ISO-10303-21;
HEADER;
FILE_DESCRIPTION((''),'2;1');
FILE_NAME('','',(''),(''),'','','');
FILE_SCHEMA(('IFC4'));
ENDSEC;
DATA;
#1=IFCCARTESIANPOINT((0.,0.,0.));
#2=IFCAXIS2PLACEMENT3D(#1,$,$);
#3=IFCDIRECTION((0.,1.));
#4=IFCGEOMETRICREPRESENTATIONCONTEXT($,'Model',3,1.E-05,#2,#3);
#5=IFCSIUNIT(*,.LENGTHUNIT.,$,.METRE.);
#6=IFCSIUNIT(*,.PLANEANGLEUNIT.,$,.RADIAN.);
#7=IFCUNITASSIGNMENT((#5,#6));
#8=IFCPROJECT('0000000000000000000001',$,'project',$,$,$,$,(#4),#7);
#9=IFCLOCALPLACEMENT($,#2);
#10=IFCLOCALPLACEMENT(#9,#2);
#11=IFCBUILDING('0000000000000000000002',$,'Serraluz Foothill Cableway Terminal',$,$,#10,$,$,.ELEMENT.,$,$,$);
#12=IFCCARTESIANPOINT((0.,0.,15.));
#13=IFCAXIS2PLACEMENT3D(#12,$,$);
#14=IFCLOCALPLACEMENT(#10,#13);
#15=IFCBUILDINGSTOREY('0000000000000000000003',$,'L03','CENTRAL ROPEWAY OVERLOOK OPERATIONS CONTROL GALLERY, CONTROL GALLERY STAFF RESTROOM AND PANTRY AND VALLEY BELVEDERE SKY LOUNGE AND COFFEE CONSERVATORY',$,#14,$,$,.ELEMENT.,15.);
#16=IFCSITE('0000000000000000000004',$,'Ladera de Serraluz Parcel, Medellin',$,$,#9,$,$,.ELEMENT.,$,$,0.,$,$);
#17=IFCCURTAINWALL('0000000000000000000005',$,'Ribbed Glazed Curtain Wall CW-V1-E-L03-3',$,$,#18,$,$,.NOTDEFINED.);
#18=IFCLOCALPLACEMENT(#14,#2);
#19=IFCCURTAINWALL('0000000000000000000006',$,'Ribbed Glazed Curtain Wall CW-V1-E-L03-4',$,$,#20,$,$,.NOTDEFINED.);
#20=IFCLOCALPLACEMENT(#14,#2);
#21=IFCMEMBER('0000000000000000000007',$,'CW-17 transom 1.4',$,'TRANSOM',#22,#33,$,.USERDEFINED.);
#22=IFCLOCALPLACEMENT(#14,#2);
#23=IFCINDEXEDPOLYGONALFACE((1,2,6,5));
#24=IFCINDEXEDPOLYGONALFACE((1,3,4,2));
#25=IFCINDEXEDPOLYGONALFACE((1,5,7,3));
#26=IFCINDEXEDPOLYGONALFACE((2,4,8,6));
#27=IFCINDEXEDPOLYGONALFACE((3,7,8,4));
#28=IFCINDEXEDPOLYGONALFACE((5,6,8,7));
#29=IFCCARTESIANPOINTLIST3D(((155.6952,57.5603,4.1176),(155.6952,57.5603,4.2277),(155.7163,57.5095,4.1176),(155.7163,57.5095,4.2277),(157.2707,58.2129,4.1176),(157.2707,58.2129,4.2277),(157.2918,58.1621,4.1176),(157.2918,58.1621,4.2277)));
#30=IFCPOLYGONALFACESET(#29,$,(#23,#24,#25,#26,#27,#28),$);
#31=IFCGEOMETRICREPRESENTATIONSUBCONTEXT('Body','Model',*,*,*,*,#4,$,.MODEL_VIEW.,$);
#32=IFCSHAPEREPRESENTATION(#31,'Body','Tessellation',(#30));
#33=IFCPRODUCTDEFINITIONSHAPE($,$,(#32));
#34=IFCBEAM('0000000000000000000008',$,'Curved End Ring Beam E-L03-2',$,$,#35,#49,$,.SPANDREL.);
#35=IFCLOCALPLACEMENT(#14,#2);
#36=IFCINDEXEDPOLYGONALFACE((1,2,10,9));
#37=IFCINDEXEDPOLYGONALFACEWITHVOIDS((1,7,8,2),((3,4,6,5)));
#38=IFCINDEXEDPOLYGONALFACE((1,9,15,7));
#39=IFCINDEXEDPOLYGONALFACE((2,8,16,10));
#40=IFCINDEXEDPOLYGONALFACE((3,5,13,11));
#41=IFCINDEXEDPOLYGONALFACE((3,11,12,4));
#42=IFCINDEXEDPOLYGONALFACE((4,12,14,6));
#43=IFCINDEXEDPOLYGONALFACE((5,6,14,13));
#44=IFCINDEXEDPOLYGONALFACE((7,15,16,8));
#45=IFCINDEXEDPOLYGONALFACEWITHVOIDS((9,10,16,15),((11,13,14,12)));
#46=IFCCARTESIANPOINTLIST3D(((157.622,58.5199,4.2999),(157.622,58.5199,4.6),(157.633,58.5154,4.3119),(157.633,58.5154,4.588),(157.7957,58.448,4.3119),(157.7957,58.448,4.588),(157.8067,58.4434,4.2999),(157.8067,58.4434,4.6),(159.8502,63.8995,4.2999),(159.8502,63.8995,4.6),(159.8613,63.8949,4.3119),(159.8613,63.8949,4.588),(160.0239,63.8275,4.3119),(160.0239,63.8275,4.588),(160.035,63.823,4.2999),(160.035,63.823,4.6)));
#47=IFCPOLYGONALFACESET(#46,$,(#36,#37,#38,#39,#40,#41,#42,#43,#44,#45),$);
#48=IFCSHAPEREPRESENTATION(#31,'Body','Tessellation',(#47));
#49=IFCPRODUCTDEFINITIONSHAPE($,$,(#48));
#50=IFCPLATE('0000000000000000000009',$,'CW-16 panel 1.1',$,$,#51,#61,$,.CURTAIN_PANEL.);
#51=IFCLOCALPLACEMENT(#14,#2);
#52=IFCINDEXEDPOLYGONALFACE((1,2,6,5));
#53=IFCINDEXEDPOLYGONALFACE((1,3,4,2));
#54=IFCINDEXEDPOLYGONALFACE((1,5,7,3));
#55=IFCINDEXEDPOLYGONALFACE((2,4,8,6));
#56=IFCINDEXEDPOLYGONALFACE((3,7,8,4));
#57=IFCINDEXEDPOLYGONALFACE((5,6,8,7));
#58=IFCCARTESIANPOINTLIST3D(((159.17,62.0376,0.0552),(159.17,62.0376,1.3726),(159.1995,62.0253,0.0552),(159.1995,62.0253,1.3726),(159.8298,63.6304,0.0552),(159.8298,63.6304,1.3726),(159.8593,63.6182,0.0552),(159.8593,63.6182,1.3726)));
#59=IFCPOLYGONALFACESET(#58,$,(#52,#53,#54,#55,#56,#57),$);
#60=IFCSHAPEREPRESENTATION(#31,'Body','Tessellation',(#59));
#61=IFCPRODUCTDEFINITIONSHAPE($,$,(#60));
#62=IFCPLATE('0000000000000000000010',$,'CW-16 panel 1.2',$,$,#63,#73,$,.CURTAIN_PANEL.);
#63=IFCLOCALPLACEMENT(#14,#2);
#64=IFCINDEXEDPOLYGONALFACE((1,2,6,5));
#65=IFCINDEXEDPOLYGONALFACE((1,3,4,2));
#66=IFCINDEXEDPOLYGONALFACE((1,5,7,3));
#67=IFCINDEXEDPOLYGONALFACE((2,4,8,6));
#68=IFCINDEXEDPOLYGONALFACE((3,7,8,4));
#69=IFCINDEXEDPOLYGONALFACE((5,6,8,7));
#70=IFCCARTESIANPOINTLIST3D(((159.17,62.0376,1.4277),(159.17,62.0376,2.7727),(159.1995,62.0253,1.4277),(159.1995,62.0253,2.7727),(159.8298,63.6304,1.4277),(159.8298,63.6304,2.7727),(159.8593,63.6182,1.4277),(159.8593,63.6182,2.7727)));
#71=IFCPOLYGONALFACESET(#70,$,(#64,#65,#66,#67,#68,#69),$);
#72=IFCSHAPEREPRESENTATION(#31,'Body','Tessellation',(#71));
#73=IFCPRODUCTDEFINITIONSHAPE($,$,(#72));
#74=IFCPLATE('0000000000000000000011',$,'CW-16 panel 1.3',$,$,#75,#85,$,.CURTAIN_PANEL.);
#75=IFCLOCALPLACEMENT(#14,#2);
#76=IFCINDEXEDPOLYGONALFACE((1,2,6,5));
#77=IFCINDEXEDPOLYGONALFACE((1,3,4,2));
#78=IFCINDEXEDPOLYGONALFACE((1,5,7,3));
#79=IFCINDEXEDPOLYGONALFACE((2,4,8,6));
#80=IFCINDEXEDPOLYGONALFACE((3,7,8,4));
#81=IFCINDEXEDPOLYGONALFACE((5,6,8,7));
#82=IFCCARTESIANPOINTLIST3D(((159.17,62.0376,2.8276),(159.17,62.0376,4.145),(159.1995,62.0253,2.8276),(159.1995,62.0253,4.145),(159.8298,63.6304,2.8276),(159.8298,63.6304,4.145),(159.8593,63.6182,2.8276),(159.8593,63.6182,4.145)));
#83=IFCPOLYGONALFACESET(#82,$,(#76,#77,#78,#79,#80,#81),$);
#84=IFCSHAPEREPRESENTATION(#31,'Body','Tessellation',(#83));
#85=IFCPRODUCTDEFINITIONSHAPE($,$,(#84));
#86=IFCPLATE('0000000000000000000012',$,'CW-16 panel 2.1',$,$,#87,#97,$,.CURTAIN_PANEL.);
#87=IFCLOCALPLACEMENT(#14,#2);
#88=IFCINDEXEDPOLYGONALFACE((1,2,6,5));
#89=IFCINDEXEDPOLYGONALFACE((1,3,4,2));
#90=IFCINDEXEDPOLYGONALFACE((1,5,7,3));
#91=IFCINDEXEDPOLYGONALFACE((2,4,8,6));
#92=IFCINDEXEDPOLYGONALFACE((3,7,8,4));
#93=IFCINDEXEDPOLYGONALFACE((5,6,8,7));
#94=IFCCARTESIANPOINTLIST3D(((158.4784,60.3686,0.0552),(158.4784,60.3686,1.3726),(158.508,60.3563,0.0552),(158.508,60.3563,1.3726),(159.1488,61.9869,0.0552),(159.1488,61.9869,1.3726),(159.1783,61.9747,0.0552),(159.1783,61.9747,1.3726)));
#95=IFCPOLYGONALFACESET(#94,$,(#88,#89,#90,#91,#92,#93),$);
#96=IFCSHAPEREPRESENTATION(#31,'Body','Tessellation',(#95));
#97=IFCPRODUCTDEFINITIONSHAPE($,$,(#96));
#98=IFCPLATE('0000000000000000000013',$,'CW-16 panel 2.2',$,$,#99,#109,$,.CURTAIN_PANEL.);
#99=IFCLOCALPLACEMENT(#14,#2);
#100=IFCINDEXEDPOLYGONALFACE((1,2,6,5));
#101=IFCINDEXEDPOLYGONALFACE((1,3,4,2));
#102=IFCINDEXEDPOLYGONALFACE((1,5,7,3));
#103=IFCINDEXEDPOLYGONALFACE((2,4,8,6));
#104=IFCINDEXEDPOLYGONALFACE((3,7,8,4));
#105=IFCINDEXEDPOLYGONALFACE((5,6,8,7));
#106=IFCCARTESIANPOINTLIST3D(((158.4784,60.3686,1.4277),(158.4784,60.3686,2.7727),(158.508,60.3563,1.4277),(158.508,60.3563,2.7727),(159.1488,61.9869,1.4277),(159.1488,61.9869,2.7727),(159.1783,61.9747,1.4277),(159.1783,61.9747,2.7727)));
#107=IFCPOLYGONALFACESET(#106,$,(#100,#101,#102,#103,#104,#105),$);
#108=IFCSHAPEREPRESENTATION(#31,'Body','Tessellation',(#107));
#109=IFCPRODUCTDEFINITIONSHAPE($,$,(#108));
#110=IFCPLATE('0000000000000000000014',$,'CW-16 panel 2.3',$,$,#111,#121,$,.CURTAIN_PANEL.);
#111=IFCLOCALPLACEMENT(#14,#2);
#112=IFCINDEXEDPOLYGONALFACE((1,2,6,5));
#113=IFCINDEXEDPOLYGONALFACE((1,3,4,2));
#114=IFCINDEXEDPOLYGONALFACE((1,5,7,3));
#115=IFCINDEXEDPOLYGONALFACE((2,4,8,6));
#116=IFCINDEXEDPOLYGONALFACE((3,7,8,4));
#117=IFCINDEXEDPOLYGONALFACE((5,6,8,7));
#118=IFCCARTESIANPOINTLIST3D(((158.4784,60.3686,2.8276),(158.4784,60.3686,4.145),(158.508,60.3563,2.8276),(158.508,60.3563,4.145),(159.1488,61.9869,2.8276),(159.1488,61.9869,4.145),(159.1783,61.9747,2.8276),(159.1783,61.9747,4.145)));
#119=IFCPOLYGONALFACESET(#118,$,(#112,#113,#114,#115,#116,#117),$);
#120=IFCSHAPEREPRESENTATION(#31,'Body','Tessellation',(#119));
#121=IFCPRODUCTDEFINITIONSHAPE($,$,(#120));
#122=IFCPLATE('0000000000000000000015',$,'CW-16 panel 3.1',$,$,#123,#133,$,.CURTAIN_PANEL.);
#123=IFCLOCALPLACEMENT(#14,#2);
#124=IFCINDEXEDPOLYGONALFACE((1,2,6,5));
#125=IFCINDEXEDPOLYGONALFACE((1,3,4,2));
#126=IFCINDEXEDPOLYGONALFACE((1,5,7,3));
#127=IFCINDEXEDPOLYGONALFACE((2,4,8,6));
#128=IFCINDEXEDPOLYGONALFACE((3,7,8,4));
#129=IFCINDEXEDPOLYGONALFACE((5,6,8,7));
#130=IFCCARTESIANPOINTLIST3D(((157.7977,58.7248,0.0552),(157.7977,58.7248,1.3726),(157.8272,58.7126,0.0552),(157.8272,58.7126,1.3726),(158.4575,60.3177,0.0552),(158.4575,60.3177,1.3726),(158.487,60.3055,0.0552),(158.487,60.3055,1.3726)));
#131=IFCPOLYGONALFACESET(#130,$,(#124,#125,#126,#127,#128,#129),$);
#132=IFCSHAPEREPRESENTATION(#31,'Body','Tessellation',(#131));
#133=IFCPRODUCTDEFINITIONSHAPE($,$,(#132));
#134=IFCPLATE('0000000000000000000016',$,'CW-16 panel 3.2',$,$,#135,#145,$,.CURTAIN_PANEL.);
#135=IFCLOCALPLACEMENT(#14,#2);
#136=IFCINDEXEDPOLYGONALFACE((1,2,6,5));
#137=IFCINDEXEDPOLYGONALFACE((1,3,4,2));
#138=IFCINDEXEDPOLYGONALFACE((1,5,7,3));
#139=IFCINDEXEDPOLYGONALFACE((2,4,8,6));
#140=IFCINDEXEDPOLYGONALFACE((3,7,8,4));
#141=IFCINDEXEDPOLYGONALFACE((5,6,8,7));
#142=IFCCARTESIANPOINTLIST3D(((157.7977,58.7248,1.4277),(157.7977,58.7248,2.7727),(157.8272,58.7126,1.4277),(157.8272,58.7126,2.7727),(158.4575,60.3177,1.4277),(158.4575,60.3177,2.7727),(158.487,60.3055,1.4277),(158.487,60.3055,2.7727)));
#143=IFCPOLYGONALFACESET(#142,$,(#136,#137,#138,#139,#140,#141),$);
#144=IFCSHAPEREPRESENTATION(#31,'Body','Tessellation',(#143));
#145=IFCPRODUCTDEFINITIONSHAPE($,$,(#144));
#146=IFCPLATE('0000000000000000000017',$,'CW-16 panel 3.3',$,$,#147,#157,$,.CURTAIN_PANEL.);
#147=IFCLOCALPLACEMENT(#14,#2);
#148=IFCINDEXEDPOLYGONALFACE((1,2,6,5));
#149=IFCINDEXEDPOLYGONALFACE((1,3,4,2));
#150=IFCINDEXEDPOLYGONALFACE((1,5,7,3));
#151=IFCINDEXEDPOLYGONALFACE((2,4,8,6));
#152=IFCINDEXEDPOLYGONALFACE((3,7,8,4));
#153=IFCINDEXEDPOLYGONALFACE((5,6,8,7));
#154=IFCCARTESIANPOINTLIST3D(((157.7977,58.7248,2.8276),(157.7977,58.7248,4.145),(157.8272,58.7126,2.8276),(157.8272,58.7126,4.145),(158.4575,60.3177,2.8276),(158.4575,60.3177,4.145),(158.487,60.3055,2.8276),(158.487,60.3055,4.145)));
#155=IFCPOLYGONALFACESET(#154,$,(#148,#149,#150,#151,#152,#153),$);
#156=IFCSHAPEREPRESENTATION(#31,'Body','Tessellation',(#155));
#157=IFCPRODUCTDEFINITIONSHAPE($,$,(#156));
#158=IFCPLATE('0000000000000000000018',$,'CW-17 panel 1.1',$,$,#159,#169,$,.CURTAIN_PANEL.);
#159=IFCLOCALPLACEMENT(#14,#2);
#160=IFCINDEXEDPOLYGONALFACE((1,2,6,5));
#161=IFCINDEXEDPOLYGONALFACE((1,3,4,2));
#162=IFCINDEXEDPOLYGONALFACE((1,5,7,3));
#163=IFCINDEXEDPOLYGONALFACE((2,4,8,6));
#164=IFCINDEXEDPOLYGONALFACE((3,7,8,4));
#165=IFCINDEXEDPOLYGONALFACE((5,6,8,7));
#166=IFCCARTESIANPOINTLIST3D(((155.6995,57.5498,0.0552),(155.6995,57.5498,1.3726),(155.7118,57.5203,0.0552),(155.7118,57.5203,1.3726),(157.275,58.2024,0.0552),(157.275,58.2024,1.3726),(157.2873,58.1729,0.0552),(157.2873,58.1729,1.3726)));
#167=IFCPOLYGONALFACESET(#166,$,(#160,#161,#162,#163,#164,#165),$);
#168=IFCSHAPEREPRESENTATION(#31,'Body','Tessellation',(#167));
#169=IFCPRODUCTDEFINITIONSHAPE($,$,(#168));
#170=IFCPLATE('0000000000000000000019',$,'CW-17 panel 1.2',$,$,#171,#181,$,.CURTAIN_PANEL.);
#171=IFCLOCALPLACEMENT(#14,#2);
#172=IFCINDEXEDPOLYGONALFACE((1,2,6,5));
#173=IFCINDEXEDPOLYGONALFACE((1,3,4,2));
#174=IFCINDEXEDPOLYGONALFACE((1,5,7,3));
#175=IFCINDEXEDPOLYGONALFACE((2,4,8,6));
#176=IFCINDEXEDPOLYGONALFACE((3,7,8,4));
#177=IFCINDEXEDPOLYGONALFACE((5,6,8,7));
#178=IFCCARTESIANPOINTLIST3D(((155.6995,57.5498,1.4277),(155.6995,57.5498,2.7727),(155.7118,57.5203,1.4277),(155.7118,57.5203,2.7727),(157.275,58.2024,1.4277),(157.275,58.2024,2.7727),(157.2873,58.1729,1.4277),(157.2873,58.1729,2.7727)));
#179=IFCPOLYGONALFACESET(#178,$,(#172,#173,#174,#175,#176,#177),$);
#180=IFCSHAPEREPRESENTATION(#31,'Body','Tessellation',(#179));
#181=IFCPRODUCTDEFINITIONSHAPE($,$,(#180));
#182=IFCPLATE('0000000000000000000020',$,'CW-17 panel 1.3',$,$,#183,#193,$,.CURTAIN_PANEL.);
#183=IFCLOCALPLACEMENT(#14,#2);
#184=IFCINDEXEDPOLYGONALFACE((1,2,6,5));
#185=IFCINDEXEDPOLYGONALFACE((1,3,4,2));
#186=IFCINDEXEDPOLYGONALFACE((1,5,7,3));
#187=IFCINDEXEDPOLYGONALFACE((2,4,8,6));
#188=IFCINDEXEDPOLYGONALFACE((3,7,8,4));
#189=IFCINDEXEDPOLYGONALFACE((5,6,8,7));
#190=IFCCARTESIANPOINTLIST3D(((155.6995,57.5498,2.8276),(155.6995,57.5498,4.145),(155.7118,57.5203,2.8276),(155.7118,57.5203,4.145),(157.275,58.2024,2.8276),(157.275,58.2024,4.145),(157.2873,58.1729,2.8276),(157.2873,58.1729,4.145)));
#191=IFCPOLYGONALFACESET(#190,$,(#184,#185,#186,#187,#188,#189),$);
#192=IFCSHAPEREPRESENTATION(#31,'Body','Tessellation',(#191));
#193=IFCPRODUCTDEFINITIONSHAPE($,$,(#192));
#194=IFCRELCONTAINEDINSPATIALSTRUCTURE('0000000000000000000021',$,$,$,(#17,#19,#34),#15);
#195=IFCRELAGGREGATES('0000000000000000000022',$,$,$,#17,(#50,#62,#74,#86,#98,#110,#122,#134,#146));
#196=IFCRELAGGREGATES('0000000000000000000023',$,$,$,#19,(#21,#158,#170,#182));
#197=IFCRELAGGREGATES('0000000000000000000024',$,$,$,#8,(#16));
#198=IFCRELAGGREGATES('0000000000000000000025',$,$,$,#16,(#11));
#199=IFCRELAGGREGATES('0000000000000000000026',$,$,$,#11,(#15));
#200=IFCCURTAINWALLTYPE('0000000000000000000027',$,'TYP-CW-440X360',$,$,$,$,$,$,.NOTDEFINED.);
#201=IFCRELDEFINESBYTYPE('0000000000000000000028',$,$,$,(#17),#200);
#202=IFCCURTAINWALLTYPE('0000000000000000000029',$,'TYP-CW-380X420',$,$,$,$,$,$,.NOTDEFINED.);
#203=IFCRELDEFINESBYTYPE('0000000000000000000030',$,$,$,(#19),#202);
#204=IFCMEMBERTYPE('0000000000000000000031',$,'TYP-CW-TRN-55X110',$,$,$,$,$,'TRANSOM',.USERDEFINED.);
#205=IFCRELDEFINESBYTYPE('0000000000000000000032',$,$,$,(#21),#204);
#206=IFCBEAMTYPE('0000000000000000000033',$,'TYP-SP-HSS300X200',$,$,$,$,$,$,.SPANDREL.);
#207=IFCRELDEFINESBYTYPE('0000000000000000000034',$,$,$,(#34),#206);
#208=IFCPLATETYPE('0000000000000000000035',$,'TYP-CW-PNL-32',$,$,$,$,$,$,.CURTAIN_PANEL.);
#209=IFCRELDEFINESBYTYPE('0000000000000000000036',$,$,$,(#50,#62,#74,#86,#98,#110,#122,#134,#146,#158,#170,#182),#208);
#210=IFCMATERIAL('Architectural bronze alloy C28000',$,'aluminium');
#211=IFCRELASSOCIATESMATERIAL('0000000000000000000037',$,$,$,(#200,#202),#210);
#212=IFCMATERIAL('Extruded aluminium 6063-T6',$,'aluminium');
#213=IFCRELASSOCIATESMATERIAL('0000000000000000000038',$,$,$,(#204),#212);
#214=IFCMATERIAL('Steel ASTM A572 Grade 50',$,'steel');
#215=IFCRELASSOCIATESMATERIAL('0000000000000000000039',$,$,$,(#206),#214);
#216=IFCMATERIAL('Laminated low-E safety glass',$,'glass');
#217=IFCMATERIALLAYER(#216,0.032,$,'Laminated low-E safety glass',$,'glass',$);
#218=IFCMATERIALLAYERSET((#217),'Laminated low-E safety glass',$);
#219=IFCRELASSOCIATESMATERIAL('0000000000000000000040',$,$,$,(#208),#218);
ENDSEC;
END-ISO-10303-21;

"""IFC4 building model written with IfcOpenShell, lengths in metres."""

from ifc_helpers import new_model, si_unit, direction, frame, origin, origin_2d, place, context, subcontext, project, spatial, rectangle, hollow_rectangle, extrude, material, layer, layer_set, material_profile, profile_set, type_object, element, aggregate, save


model = new_model("IFC4")

# Units and contexts
model_context = context("Model", 3, precision=1e-05, world=origin(), true_north=direction((0.0, 1.0)))
body_context = subcontext(model_context, "Body", "Model", "MODEL_VIEW")
ifc_project = project(units=[si_unit("LENGTHUNIT", "METRE"), si_unit("PLANEANGLEUNIT", "RADIAN")], contexts=[model_context])

# Site, building, storey
site_placement = place(None, origin())
site = spatial("IfcSite", under=ifc_project, at=site_placement, Name="Ladera de Serraluz Parcel, Medellin", CompositionType="ELEMENT", RefElevation=0.0)
building_placement = place(site_placement, origin())
building = spatial("IfcBuilding", under=site, at=building_placement, Name="Serraluz Foothill Cableway Terminal", CompositionType="ELEMENT")
storey_placement = place(building_placement, frame((0.0, 0.0, 15.0)))
storey = spatial("IfcBuildingStorey", under=building, at=storey_placement, Name="L03", Description="CENTRAL ROPEWAY OVERLOOK OPERATIONS CONTROL GALLERY, CONTROL GALLERY STAFF RESTROOM AND PANTRY AND VALLEY BELVEDERE SKY LOUNGE AND COFFEE CONSERVATORY", CompositionType="ELEMENT", Elevation=15.0)

# Shared definitions
ifc_material_1 = material(Name="Steel ASTM A572 Grade 50", Category="steel")

# Curtain wall
ifc_material_2 = material(Name="Architectural bronze alloy C28000", Category="aluminium")
curtain_wall_type_1 = type_object("IfcCurtainWallType", Name="TYP-CW-440X360", PredefinedType="NOTDEFINED", material=ifc_material_2)
curtain_wall_1_placement = place(storey_placement, origin())
curtain_wall_1 = element("IfcCurtainWall", 1, at=curtain_wall_1_placement, inside=storey, type_object=curtain_wall_type_1, Name="Ribbed Glazed Curtain Wall CW-V1-E-L03-3", PredefinedType="NOTDEFINED")
ifc_material_3 = material(Name="Extruded aluminium 6063-T6", Category="aluminium")

# Curtain wall
curtain_wall_type_2 = type_object("IfcCurtainWallType", Name="TYP-CW-380X420", PredefinedType="NOTDEFINED", material=ifc_material_2)
curtain_wall_2_placement = place(storey_placement, origin())
curtain_wall_2 = element("IfcCurtainWall", 2, at=curtain_wall_2_placement, inside=storey, type_object=curtain_wall_type_2, Name="Ribbed Glazed Curtain Wall CW-V1-E-L03-4", PredefinedType="NOTDEFINED")

# Member
ifc_material_profile_1 = material_profile(ifc_material_3, rectangle(XDim=0.0549, YDim=0.1101, at=origin_2d()), Name="ALU TRANSOM 55x110")
ifc_profile_set_1 = profile_set([ifc_material_profile_1], Name="Extruded aluminium 6063-T6")
member_type_1 = type_object("IfcMemberType", Name="TYP-CW-TRN-55X110", ElementType="TRANSOM", PredefinedType="USERDEFINED", material=ifc_profile_set_1)
member_1_placement = place(storey_placement, frame((157.2812, 58.1875, 4.1726), z_axis=(-0.923875, -0.382693, 0.0), x_axis=(0.382693, -0.923875, 0.0)))
member_1 = element("IfcMember", 3, at=member_1_placement, type_object=member_type_1, Name="CW-17 transom 1.4", ObjectType="TRANSOM", PredefinedType="USERDEFINED", context=body_context, shape_type="SweptSolid", body=[
    extrude(rectangle(XDim=0.0549, YDim=0.1101, at=origin_2d()), origin(), (0.0, 0.0, 1.0), 1.7053),
])

# Beam
ifc_material_profile_2 = material_profile(ifc_material_1, hollow_rectangle(XDim=0.2, YDim=0.3, WallThickness=0.012, at=origin_2d()), Name="HSS300X200X12")
ifc_profile_set_2 = profile_set([ifc_material_profile_2], Name="Steel ASTM A572 Grade 50")
beam_type = type_object("IfcBeamType", Name="TYP-SP-HSS300X200", PredefinedType="SPANDREL", material=ifc_profile_set_2)
beam_placement = place(storey_placement, frame((157.7144, 58.4817, 4.45), z_axis=(0.382676, 0.923882, 0.0), x_axis=(-0.923882, 0.382676, 0.0)))
element("IfcBeam", 4, at=beam_placement, inside=storey, type_object=beam_type, Name="Curved End Ring Beam E-L03-2", PredefinedType="SPANDREL", context=body_context, shape_type="SweptSolid", body=[
    extrude(hollow_rectangle(XDim=0.2, YDim=0.3, WallThickness=0.012, at=origin_2d()), origin(), (0.0, 0.0, 1.0), 5.8228),
])

# Plates
ifc_material_4 = material(Name="Laminated low-E safety glass", Category="glass")
ifc_layer = layer(ifc_material_4, 0.032, Name="Laminated low-E safety glass", Category="glass")
ifc_layer_set = layer_set([ifc_layer], Name="Laminated low-E safety glass")
plate_type = type_object("IfcPlateType", Name="TYP-CW-PNL-32", PredefinedType="CURTAIN_PANEL", material=ifc_layer_set)
plate_1_placement = place(storey_placement, frame((159.5146, 62.8279, 0.0552), z_axis=(0.0, 0.0, 1.0), x_axis=(-0.382685, -0.923879, 0.0)))
plate_1 = element("IfcPlate", 5, at=plate_1_placement, type_object=plate_type, Name="CW-16 panel 1.1", PredefinedType="CURTAIN_PANEL", context=body_context, shape_type="SweptSolid", body=[
    extrude(rectangle(XDim=1.7241, YDim=0.032, at=origin_2d()), origin(), (0.0, 0.0, 1.0), 1.3174),
])
plate_2_placement = place(storey_placement, frame((159.5146, 62.8279, 1.4277), z_axis=(0.0, 0.0, 1.0), x_axis=(-0.382685, -0.923879, 0.0)))
plate_2 = element("IfcPlate", 6, at=plate_2_placement, type_object=plate_type, Name="CW-16 panel 1.2", PredefinedType="CURTAIN_PANEL", context=body_context, shape_type="SweptSolid", body=[
    extrude(rectangle(XDim=1.7241, YDim=0.032, at=origin_2d()), origin(), (0.0, 0.0, 1.0), 1.345),
])
plate_3_placement = place(storey_placement, frame((159.5146, 62.8279, 2.8276), z_axis=(0.0, 0.0, 1.0), x_axis=(-0.382685, -0.923879, 0.0)))
plate_3 = element("IfcPlate", 7, at=plate_3_placement, type_object=plate_type, Name="CW-16 panel 1.3", PredefinedType="CURTAIN_PANEL", context=body_context, shape_type="SweptSolid", body=[
    extrude(rectangle(XDim=1.7241, YDim=0.032, at=origin_2d()), origin(), (0.0, 0.0, 1.0), 1.3174),
])
plate_4_placement = place(storey_placement, frame((158.8284, 61.1716, 0.0552), z_axis=(0.0, 0.0, 1.0), x_axis=(-0.382685, -0.923879, 0.0)))
plate_4 = element("IfcPlate", 8, at=plate_4_placement, type_object=plate_type, Name="CW-16 panel 2.1", PredefinedType="CURTAIN_PANEL", context=body_context, shape_type="SweptSolid", body=[
    extrude(rectangle(XDim=1.7517, YDim=0.032, at=origin_2d()), origin(), (0.0, 0.0, 1.0), 1.3174),
])
plate_5_placement = place(storey_placement, frame((158.8284, 61.1716, 1.4277), z_axis=(0.0, 0.0, 1.0), x_axis=(-0.382685, -0.923879, 0.0)))
plate_5 = element("IfcPlate", 9, at=plate_5_placement, type_object=plate_type, Name="CW-16 panel 2.2", PredefinedType="CURTAIN_PANEL", context=body_context, shape_type="SweptSolid", body=[
    extrude(rectangle(XDim=1.7517, YDim=0.032, at=origin_2d()), origin(), (0.0, 0.0, 1.0), 1.345),
])
plate_6_placement = place(storey_placement, frame((158.8284, 61.1716, 2.8276), z_axis=(0.0, 0.0, 1.0), x_axis=(-0.382685, -0.923879, 0.0)))
plate_6 = element("IfcPlate", 10, at=plate_6_placement, type_object=plate_type, Name="CW-16 panel 2.3", PredefinedType="CURTAIN_PANEL", context=body_context, shape_type="SweptSolid", body=[
    extrude(rectangle(XDim=1.7517, YDim=0.032, at=origin_2d()), origin(), (0.0, 0.0, 1.0), 1.3174),
])
plate_7_placement = place(storey_placement, frame((158.1423, 59.5151, 0.0552), z_axis=(0.0, 0.0, 1.0), x_axis=(-0.382685, -0.923879, 0.0)))
plate_7 = element("IfcPlate", 11, at=plate_7_placement, type_object=plate_type, Name="CW-16 panel 3.1", PredefinedType="CURTAIN_PANEL", context=body_context, shape_type="SweptSolid", body=[
    extrude(rectangle(XDim=1.7241, YDim=0.032, at=origin_2d()), origin(), (0.0, 0.0, 1.0), 1.3174),
])
plate_8_placement = place(storey_placement, frame((158.1423, 59.5151, 1.4277), z_axis=(0.0, 0.0, 1.0), x_axis=(-0.382685, -0.923879, 0.0)))
plate_8 = element("IfcPlate", 12, at=plate_8_placement, type_object=plate_type, Name="CW-16 panel 3.2", PredefinedType="CURTAIN_PANEL", context=body_context, shape_type="SweptSolid", body=[
    extrude(rectangle(XDim=1.7241, YDim=0.032, at=origin_2d()), origin(), (0.0, 0.0, 1.0), 1.345),
])
plate_9_placement = place(storey_placement, frame((158.1423, 59.5151, 2.8276), z_axis=(0.0, 0.0, 1.0), x_axis=(-0.382685, -0.923879, 0.0)))
plate_9 = element("IfcPlate", 13, at=plate_9_placement, type_object=plate_type, Name="CW-16 panel 3.3", PredefinedType="CURTAIN_PANEL", context=body_context, shape_type="SweptSolid", body=[
    extrude(rectangle(XDim=1.7241, YDim=0.032, at=origin_2d()), origin(), (0.0, 0.0, 1.0), 1.3174),
])
aggregate(curtain_wall_1, [plate_1, plate_2, plate_3, plate_4, plate_5, plate_6, plate_7, plate_8, plate_9])
plate_10_placement = place(storey_placement, frame((156.4934, 57.8613, 0.0552), z_axis=(0.0, 0.0, 1.0), x_axis=(-0.92388, -0.382682, 0.0)))
plate_10 = element("IfcPlate", 14, at=plate_10_placement, type_object=plate_type, Name="CW-17 panel 1.1", PredefinedType="CURTAIN_PANEL", context=body_context, shape_type="SweptSolid", body=[
    extrude(rectangle(XDim=1.7053, YDim=0.032, at=origin_2d()), origin(), (0.0, 0.0, 1.0), 1.3174),
])
plate_11_placement = place(storey_placement, frame((156.4934, 57.8613, 1.4277), z_axis=(0.0, 0.0, 1.0), x_axis=(-0.92388, -0.382682, 0.0)))
plate_11 = element("IfcPlate", 15, at=plate_11_placement, type_object=plate_type, Name="CW-17 panel 1.2", PredefinedType="CURTAIN_PANEL", context=body_context, shape_type="SweptSolid", body=[
    extrude(rectangle(XDim=1.7053, YDim=0.032, at=origin_2d()), origin(), (0.0, 0.0, 1.0), 1.345),
])
plate_12_placement = place(storey_placement, frame((156.4934, 57.8613, 2.8276), z_axis=(0.0, 0.0, 1.0), x_axis=(-0.92388, -0.382682, 0.0)))
plate_12 = element("IfcPlate", 16, at=plate_12_placement, type_object=plate_type, Name="CW-17 panel 1.3", PredefinedType="CURTAIN_PANEL", context=body_context, shape_type="SweptSolid", body=[
    extrude(rectangle(XDim=1.7053, YDim=0.032, at=origin_2d()), origin(), (0.0, 0.0, 1.0), 1.3174),
])
aggregate(curtain_wall_2, [member_1, plate_10, plate_11, plate_12])

save(model, "model.ifc")
